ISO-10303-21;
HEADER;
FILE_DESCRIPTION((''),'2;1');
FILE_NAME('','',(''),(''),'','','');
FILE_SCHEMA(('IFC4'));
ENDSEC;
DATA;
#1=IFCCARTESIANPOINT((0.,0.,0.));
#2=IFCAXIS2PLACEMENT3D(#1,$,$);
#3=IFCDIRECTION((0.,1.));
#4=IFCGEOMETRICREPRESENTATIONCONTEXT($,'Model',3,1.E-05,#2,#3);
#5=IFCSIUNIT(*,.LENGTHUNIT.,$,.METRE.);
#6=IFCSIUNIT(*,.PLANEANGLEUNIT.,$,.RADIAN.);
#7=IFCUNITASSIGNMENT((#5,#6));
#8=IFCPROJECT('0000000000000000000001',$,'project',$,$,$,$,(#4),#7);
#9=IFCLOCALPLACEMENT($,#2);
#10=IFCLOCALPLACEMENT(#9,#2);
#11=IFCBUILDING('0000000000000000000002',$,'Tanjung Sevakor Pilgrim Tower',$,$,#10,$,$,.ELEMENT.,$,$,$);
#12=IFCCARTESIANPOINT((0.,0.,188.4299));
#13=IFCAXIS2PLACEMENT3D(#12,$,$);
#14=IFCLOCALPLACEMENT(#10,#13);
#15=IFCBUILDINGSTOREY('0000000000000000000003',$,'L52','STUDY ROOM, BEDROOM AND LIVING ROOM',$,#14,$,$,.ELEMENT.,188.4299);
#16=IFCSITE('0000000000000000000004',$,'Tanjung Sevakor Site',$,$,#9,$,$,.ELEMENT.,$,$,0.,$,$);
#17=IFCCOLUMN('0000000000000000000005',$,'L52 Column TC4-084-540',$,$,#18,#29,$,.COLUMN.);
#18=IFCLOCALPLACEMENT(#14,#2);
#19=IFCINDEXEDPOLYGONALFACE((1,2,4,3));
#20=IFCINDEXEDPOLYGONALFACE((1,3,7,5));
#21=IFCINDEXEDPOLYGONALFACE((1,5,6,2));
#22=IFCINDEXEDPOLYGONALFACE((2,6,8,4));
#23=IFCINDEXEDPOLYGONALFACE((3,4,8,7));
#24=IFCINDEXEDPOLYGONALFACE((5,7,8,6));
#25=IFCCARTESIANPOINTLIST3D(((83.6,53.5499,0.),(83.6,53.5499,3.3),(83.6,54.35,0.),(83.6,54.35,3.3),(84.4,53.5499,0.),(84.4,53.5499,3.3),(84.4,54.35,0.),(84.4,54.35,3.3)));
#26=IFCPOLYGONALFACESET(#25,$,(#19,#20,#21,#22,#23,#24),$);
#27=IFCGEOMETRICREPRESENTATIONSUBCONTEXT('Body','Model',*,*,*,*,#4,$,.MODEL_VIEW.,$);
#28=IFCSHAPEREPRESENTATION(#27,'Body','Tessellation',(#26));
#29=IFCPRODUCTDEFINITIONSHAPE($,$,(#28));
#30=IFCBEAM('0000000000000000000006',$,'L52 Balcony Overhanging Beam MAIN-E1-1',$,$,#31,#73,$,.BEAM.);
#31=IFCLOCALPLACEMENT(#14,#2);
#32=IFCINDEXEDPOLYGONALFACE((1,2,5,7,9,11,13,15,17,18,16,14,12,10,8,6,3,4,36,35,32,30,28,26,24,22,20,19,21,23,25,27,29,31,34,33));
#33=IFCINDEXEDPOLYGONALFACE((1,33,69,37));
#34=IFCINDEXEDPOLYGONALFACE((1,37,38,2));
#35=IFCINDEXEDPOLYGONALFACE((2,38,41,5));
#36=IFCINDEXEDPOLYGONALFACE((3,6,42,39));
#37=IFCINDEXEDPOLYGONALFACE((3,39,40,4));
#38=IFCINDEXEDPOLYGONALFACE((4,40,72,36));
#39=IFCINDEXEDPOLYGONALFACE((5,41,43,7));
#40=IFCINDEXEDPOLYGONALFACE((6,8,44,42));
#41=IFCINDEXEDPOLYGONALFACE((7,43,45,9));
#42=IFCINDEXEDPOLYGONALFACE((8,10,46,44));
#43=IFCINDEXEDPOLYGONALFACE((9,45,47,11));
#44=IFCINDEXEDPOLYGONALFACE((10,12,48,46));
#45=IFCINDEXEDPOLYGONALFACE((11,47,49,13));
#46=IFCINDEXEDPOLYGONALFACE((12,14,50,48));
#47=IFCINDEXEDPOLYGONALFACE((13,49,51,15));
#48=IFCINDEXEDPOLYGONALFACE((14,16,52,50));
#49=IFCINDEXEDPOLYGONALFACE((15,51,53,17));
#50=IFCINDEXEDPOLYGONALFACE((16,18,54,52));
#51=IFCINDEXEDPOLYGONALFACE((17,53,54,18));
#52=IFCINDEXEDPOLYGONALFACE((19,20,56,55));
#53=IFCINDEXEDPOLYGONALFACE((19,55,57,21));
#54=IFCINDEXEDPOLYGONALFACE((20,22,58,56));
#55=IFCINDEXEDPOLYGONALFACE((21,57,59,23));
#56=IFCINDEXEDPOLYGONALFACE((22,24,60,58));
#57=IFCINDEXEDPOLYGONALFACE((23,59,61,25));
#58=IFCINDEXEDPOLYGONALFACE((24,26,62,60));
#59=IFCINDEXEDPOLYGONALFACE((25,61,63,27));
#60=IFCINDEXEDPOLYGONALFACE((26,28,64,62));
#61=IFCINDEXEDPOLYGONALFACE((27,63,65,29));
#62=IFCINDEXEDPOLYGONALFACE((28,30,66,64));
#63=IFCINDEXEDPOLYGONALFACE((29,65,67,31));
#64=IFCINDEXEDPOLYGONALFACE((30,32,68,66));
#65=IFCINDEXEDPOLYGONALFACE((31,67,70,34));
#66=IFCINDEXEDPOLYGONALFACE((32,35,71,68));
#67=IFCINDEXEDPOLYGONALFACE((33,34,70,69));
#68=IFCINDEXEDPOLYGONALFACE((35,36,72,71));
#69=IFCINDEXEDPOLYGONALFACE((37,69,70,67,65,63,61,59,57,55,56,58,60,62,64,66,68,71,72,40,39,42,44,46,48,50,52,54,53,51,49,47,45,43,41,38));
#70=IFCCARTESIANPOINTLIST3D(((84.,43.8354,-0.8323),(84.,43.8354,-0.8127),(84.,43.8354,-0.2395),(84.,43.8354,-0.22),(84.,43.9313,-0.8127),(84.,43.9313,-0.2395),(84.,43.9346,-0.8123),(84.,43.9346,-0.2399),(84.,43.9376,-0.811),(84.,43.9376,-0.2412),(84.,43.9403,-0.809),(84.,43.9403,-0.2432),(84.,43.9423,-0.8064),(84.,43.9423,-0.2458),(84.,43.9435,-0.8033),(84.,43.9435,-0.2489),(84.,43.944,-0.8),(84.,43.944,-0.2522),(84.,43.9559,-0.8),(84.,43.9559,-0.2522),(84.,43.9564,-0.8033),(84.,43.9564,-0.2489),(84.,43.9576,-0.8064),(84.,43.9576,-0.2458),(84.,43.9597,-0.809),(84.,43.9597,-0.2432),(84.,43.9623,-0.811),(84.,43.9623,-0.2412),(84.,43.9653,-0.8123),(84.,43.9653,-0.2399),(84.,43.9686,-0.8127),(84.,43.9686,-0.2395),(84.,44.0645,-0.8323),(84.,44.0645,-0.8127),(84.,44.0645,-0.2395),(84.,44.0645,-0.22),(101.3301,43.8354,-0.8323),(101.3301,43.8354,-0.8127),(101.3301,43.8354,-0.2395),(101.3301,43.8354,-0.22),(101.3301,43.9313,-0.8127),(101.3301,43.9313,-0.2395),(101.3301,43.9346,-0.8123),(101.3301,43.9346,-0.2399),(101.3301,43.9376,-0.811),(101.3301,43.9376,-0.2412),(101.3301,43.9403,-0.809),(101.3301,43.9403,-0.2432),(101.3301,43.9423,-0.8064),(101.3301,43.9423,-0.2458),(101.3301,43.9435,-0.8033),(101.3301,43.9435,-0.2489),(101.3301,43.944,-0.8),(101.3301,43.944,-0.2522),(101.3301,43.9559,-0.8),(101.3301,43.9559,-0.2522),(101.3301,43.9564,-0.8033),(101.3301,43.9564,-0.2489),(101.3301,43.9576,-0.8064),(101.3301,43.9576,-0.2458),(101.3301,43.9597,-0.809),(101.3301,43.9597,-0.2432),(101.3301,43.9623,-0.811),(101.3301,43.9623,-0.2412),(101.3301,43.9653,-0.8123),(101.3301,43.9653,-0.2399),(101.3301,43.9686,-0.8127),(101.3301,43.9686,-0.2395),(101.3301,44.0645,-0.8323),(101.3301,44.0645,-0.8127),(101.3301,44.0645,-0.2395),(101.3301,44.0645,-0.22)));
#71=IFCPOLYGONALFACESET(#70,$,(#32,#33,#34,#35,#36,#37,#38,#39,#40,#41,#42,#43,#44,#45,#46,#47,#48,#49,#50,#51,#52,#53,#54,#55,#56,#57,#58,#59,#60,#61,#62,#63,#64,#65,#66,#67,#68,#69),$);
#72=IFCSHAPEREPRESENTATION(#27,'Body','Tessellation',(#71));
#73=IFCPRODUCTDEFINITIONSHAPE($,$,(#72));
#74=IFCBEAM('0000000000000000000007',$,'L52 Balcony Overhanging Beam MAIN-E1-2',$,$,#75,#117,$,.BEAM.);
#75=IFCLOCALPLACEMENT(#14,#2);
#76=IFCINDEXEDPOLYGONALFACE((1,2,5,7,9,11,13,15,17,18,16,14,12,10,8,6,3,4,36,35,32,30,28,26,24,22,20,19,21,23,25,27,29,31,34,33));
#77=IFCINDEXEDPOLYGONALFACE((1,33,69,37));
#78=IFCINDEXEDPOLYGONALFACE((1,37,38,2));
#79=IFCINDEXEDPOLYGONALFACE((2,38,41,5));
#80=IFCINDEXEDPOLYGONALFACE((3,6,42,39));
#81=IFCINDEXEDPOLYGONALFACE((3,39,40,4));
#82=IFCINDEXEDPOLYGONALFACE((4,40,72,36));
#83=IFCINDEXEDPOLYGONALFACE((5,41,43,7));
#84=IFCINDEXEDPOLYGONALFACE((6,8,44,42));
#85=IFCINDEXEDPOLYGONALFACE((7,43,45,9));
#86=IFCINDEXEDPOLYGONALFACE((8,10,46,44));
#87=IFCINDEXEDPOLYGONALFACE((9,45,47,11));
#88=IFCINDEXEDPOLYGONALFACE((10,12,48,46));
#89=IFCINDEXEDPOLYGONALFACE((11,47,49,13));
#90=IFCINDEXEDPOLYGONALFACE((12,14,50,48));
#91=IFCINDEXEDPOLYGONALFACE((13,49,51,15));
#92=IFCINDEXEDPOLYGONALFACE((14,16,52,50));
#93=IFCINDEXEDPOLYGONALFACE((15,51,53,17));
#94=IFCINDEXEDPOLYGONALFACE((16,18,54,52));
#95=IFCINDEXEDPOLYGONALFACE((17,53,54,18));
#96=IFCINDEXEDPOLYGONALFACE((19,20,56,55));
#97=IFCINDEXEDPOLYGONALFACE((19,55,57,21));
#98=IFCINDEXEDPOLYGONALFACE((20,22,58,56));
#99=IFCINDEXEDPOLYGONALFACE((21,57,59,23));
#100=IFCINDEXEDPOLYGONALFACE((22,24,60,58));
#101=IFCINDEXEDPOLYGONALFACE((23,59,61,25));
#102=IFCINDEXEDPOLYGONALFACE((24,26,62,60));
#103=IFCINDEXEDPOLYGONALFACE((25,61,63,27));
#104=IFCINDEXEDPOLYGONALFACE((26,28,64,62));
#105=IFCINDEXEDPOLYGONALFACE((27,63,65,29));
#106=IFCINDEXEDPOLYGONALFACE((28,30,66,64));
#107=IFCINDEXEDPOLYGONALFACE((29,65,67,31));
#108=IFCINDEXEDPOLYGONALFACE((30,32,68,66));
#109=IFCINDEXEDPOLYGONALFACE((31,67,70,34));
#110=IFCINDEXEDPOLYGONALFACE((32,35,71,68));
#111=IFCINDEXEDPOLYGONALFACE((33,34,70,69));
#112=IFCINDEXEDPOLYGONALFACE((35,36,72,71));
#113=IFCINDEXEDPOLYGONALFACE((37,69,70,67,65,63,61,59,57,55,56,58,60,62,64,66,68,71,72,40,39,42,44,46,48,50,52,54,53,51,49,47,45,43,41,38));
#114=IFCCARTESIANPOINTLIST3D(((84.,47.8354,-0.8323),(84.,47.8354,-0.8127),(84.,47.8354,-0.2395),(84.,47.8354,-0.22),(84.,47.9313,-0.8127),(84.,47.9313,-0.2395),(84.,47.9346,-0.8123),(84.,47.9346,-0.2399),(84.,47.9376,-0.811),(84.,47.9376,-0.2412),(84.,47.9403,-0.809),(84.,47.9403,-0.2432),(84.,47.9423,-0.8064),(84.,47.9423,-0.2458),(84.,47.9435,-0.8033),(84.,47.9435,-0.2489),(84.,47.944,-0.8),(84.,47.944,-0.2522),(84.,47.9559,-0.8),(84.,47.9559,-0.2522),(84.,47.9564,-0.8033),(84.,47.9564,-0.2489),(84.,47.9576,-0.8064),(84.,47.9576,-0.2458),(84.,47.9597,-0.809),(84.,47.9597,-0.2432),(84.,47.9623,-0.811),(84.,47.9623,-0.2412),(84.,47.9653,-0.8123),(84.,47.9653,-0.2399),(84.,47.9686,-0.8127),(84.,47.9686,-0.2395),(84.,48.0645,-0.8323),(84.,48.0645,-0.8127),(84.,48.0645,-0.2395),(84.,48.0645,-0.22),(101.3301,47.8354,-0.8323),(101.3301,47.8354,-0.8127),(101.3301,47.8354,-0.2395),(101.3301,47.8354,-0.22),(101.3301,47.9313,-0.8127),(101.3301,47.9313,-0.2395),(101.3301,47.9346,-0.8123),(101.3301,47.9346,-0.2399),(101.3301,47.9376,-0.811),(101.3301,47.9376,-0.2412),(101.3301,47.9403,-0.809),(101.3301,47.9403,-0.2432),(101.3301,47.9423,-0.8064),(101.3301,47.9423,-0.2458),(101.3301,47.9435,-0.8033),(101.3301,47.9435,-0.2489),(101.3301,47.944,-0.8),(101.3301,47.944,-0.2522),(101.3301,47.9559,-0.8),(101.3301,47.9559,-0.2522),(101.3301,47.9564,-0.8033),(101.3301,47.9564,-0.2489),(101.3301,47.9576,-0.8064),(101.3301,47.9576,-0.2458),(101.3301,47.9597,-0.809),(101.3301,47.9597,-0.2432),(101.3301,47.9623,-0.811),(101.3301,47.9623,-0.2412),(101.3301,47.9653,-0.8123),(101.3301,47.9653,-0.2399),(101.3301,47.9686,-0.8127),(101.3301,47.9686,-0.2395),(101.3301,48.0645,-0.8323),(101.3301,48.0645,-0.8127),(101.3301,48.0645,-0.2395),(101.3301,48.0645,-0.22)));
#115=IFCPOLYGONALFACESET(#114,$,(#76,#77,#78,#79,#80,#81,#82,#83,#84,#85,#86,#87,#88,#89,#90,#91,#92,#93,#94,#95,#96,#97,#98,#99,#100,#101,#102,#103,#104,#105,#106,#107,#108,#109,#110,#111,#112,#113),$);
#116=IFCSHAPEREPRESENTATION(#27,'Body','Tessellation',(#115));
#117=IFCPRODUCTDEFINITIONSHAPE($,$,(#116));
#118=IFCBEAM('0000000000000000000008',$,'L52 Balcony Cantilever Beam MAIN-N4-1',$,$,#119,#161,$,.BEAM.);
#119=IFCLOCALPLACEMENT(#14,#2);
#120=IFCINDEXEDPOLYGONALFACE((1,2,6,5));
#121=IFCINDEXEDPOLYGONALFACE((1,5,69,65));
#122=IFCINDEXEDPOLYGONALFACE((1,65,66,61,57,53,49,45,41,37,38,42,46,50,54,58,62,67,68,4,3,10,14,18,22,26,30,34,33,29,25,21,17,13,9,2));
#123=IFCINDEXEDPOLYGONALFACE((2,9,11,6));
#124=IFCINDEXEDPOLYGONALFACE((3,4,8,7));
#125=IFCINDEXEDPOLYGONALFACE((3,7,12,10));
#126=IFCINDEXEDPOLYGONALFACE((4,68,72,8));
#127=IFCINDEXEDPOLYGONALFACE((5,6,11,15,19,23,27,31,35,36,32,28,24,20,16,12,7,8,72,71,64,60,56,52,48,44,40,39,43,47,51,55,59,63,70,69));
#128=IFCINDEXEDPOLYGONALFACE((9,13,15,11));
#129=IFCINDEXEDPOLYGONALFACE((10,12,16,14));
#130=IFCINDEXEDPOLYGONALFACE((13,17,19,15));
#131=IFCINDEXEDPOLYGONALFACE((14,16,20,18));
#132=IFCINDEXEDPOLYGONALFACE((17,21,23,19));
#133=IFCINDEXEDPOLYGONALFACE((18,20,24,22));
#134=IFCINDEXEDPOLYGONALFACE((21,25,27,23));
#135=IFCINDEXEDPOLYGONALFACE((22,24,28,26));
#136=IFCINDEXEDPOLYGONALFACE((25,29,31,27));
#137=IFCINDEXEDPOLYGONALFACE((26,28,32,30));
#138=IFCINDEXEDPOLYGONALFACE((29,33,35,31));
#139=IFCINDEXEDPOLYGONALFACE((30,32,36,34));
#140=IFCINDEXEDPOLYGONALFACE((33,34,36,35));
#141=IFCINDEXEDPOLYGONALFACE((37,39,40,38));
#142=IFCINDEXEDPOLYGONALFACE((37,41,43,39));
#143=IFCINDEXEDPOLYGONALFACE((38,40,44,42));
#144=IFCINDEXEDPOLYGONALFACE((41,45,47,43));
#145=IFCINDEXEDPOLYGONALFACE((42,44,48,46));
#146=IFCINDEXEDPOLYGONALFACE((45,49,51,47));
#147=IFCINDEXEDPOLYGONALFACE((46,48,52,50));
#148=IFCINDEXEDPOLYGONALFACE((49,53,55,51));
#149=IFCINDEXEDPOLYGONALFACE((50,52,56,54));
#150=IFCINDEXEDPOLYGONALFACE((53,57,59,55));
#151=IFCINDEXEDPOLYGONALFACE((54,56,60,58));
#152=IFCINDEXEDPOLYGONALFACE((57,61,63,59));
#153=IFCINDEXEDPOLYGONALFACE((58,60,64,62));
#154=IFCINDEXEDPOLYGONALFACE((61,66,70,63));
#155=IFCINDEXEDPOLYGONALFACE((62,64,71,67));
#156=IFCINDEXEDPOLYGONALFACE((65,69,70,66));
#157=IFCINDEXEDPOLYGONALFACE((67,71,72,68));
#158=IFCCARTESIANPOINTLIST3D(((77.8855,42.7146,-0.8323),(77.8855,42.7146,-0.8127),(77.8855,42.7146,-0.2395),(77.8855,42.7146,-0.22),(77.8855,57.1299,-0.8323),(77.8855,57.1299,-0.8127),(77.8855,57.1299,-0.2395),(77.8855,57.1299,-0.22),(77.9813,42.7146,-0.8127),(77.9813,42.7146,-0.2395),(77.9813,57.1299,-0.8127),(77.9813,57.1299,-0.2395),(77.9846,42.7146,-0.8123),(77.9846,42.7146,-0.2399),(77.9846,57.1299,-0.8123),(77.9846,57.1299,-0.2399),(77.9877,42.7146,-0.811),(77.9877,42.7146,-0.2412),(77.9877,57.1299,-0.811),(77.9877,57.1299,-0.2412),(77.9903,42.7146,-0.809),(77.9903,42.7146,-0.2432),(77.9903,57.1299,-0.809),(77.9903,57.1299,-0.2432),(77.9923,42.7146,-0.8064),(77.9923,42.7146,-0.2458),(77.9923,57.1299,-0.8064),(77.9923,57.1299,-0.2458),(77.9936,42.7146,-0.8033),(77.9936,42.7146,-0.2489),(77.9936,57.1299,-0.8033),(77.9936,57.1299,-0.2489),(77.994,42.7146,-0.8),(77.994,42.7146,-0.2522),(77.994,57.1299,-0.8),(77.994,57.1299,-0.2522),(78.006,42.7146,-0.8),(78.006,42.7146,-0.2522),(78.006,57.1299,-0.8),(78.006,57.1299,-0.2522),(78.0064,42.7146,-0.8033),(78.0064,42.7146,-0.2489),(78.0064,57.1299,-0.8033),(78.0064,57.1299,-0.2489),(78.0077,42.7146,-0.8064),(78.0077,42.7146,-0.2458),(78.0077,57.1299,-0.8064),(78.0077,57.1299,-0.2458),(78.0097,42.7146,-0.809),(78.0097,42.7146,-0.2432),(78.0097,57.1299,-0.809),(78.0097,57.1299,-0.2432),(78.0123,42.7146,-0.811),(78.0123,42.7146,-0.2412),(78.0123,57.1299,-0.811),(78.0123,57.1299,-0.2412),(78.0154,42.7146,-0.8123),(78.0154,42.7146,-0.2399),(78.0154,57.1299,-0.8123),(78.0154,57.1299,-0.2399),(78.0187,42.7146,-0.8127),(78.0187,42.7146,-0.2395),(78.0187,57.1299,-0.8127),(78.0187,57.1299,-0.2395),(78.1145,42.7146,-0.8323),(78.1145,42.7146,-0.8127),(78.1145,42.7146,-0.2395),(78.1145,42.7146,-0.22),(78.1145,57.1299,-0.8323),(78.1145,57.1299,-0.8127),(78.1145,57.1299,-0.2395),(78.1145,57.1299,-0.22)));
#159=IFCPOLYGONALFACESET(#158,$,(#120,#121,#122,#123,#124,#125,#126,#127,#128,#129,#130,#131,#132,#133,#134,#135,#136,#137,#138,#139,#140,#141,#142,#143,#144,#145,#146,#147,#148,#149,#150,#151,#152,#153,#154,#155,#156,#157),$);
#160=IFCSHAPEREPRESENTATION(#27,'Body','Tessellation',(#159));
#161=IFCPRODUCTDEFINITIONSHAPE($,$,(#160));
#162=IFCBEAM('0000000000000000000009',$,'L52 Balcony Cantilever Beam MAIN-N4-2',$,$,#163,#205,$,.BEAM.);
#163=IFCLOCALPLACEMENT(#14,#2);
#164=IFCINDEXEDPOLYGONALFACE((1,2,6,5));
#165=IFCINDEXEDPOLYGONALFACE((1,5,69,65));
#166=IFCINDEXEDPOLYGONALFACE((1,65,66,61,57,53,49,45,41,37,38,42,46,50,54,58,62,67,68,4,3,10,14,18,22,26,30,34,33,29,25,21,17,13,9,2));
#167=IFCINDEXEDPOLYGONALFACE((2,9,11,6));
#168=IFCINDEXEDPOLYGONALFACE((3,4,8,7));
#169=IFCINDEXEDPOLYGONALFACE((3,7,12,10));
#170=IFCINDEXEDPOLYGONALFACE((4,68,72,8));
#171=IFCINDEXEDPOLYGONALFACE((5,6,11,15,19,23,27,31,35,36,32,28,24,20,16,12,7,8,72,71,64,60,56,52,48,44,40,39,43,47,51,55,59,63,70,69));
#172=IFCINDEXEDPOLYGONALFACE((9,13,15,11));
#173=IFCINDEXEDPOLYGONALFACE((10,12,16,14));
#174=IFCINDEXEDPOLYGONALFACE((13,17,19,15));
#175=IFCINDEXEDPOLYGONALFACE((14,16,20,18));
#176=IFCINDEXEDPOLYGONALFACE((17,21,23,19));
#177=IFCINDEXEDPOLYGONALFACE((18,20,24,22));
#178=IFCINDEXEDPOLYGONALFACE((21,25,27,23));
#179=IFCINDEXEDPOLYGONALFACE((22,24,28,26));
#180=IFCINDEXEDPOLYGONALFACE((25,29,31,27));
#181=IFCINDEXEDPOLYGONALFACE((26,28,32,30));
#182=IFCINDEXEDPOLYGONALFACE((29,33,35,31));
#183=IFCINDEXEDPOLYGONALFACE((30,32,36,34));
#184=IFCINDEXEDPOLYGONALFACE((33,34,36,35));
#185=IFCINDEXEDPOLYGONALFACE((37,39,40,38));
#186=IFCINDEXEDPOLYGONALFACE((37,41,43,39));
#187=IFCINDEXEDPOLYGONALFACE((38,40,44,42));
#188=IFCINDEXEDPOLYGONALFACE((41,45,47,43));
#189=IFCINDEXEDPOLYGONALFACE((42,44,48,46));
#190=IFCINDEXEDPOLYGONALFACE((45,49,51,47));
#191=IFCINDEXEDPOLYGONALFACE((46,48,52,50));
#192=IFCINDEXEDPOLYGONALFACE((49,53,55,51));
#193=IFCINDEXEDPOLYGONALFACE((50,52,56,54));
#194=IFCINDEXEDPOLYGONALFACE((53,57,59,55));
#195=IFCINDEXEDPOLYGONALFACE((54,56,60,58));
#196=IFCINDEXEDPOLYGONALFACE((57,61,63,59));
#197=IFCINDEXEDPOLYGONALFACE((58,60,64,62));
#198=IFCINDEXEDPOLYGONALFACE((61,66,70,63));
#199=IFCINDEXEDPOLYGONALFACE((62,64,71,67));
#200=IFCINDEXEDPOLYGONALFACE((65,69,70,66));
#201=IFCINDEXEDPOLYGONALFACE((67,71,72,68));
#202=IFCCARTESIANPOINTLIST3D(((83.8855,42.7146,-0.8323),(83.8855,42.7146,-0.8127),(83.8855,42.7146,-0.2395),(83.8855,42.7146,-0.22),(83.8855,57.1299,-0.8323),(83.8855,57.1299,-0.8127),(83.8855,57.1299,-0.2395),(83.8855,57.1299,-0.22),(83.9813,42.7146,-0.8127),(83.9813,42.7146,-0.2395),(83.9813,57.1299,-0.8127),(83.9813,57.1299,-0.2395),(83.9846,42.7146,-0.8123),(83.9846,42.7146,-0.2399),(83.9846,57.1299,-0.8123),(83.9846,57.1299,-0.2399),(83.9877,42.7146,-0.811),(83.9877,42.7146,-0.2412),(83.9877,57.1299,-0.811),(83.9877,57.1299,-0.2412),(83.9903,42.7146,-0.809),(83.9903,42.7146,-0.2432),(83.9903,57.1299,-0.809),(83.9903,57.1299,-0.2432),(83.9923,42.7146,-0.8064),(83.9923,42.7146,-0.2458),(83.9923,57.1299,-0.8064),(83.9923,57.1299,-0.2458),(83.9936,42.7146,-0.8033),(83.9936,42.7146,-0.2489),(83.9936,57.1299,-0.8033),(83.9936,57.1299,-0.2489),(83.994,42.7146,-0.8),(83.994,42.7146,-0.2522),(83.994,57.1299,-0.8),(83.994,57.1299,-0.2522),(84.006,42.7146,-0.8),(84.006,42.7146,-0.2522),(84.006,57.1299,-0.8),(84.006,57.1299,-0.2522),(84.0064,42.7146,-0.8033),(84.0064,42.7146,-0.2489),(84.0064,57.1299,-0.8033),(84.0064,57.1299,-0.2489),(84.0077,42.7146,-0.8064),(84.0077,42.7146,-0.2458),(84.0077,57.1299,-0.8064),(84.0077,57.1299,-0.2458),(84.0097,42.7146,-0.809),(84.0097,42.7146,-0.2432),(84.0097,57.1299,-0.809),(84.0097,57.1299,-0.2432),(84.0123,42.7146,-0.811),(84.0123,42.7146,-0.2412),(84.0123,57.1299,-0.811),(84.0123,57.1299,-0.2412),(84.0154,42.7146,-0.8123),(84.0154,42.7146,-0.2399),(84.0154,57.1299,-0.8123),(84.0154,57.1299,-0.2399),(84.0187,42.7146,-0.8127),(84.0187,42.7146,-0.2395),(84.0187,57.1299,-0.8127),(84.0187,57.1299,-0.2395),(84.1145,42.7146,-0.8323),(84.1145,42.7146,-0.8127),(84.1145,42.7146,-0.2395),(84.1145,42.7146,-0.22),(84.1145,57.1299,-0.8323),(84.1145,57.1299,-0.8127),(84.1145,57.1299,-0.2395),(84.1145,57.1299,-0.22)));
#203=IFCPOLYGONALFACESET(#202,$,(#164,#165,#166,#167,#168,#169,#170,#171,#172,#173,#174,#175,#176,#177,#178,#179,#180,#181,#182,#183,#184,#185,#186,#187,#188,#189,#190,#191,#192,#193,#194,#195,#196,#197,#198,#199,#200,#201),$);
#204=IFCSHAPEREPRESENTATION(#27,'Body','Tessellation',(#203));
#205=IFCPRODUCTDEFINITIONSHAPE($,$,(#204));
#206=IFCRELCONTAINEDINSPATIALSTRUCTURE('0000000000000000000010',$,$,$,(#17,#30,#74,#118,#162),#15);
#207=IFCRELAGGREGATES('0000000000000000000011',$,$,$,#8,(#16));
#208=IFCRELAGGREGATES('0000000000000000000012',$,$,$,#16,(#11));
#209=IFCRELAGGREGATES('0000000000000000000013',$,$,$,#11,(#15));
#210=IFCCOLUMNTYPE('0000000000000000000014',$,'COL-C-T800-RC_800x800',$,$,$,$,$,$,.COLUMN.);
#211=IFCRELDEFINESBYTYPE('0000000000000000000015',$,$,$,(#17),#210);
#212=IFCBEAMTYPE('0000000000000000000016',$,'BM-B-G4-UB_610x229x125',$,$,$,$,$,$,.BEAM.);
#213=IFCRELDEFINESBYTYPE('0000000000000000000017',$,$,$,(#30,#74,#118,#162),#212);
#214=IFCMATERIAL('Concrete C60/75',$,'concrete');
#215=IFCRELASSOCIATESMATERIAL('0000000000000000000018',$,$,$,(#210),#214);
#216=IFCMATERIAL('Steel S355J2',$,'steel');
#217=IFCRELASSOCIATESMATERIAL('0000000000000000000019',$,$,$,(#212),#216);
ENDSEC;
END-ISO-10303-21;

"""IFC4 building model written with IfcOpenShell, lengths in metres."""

from ifc_helpers import new_model, si_unit, direction, frame, origin, origin_2d, place, context, subcontext, project, spatial, rectangle, i_section, extrude, material, material_profile, profile_set, type_object, element, save


model = new_model("IFC4")

# Units and contexts
model_context = context("Model", 3, precision=1e-05, world=origin(), true_north=direction((0.0, 1.0)))
body_context = subcontext(model_context, "Body", "Model", "MODEL_VIEW")
ifc_project = project(units=[si_unit("LENGTHUNIT", "METRE"), si_unit("PLANEANGLEUNIT", "RADIAN")], contexts=[model_context])

# Site, building, storey
site_placement = place(None, origin())
site = spatial("IfcSite", under=ifc_project, at=site_placement, Name="Tanjung Sevakor Site", CompositionType="ELEMENT", RefElevation=0.0)
building_placement = place(site_placement, origin())
building = spatial("IfcBuilding", under=site, at=building_placement, Name="Tanjung Sevakor Pilgrim Tower", CompositionType="ELEMENT")
storey_placement = place(building_placement, frame((0.0, 0.0, 188.4299)))
storey = spatial("IfcBuildingStorey", under=building, at=storey_placement, Name="L52", Description="STUDY ROOM, BEDROOM AND LIVING ROOM", CompositionType="ELEMENT", Elevation=188.4299)

# Column
ifc_material_1 = material(Name="Concrete C60/75", Category="concrete")
ifc_material_profile_1 = material_profile(ifc_material_1, rectangle(XDim=0.8, YDim=0.8, at=origin_2d()))
ifc_profile_set_1 = profile_set([ifc_material_profile_1], Name="Concrete C60/75")
column_type = type_object("IfcColumnType", Name="COL-C-T800-RC_800x800", PredefinedType="COLUMN", material=ifc_profile_set_1)
column_placement = place(storey_placement, frame((84.0, 53.95, 0.0), z_axis=(0.0, 0.0, 1.0), x_axis=(1.0, 0.0, 0.0)))
element("IfcColumn", 1, at=column_placement, inside=storey, type_object=column_type, Name="L52 Column TC4-084-540", PredefinedType="COLUMN", context=body_context, shape_type="SweptSolid", body=[
    extrude(rectangle(XDim=0.8, YDim=0.8, at=origin_2d()), origin(), (0.0, 0.0, 1.0), 3.3),
])

# Beams
ifc_material_2 = material(Name="Steel S355J2", Category="steel")
ifc_material_profile_2 = material_profile(ifc_material_2, i_section(OverallWidth=0.229, OverallDepth=0.6123, WebThickness=0.012, FlangeThickness=0.0195, FilletRadius=0.0127, at=origin_2d()))
ifc_profile_set_2 = profile_set([ifc_material_profile_2], Name="Steel S355J2")
beam_type_1 = type_object("IfcBeamType", Name="BM-B-G4-UB_610x229x125", PredefinedType="BEAM", material=ifc_profile_set_2)
for number, where, z_axis, x_axis, name in (
    (2, (84.0, 43.95, -0.5261), (1.0, 0.0, 0.0), (0.0, 1.0, 0.0), "L52 Balcony Overhanging Beam MAIN-E1-1"),
    (3, (84.0, 47.95, -0.5261), (1.0, 0.0, 0.0), (0.0, 1.0, 0.0), "L52 Balcony Overhanging Beam MAIN-E1-2"),
):
    element("IfcBeam", number, at=place(storey_placement, frame(where, z_axis=z_axis, x_axis=x_axis)), inside=storey, type_object=beam_type_1, Name=name, PredefinedType="BEAM", context=body_context, shape_type="SweptSolid", body=[
        extrude(i_section(OverallWidth=0.229, OverallDepth=0.6123, WebThickness=0.012, FlangeThickness=0.0195, FilletRadius=0.0127, at=origin_2d()), origin(), (0.0, 0.0, 1.0), 17.3301),
    ])
for number, where, z_axis, x_axis, name in (
    (4, (78.0, 42.7146, -0.5261), (0.0, 1.0, 0.0), (-1.0, 0.0, 0.0), "L52 Balcony Cantilever Beam MAIN-N4-1"),
    (5, (84.0, 42.7146, -0.5261), (0.0, 1.0, 0.0), (-1.0, 0.0, 0.0), "L52 Balcony Cantilever Beam MAIN-N4-2"),
):
    element("IfcBeam", number, at=place(storey_placement, frame(where, z_axis=z_axis, x_axis=x_axis)), inside=storey, type_object=beam_type_1, Name=name, PredefinedType="BEAM", context=body_context, shape_type="SweptSolid", body=[
        extrude(i_section(OverallWidth=0.229, OverallDepth=0.6123, WebThickness=0.012, FlangeThickness=0.0195, FilletRadius=0.0127, at=origin_2d()), origin(), (0.0, 0.0, 1.0), 14.4153),
    ])

save(model, "model.ifc")
